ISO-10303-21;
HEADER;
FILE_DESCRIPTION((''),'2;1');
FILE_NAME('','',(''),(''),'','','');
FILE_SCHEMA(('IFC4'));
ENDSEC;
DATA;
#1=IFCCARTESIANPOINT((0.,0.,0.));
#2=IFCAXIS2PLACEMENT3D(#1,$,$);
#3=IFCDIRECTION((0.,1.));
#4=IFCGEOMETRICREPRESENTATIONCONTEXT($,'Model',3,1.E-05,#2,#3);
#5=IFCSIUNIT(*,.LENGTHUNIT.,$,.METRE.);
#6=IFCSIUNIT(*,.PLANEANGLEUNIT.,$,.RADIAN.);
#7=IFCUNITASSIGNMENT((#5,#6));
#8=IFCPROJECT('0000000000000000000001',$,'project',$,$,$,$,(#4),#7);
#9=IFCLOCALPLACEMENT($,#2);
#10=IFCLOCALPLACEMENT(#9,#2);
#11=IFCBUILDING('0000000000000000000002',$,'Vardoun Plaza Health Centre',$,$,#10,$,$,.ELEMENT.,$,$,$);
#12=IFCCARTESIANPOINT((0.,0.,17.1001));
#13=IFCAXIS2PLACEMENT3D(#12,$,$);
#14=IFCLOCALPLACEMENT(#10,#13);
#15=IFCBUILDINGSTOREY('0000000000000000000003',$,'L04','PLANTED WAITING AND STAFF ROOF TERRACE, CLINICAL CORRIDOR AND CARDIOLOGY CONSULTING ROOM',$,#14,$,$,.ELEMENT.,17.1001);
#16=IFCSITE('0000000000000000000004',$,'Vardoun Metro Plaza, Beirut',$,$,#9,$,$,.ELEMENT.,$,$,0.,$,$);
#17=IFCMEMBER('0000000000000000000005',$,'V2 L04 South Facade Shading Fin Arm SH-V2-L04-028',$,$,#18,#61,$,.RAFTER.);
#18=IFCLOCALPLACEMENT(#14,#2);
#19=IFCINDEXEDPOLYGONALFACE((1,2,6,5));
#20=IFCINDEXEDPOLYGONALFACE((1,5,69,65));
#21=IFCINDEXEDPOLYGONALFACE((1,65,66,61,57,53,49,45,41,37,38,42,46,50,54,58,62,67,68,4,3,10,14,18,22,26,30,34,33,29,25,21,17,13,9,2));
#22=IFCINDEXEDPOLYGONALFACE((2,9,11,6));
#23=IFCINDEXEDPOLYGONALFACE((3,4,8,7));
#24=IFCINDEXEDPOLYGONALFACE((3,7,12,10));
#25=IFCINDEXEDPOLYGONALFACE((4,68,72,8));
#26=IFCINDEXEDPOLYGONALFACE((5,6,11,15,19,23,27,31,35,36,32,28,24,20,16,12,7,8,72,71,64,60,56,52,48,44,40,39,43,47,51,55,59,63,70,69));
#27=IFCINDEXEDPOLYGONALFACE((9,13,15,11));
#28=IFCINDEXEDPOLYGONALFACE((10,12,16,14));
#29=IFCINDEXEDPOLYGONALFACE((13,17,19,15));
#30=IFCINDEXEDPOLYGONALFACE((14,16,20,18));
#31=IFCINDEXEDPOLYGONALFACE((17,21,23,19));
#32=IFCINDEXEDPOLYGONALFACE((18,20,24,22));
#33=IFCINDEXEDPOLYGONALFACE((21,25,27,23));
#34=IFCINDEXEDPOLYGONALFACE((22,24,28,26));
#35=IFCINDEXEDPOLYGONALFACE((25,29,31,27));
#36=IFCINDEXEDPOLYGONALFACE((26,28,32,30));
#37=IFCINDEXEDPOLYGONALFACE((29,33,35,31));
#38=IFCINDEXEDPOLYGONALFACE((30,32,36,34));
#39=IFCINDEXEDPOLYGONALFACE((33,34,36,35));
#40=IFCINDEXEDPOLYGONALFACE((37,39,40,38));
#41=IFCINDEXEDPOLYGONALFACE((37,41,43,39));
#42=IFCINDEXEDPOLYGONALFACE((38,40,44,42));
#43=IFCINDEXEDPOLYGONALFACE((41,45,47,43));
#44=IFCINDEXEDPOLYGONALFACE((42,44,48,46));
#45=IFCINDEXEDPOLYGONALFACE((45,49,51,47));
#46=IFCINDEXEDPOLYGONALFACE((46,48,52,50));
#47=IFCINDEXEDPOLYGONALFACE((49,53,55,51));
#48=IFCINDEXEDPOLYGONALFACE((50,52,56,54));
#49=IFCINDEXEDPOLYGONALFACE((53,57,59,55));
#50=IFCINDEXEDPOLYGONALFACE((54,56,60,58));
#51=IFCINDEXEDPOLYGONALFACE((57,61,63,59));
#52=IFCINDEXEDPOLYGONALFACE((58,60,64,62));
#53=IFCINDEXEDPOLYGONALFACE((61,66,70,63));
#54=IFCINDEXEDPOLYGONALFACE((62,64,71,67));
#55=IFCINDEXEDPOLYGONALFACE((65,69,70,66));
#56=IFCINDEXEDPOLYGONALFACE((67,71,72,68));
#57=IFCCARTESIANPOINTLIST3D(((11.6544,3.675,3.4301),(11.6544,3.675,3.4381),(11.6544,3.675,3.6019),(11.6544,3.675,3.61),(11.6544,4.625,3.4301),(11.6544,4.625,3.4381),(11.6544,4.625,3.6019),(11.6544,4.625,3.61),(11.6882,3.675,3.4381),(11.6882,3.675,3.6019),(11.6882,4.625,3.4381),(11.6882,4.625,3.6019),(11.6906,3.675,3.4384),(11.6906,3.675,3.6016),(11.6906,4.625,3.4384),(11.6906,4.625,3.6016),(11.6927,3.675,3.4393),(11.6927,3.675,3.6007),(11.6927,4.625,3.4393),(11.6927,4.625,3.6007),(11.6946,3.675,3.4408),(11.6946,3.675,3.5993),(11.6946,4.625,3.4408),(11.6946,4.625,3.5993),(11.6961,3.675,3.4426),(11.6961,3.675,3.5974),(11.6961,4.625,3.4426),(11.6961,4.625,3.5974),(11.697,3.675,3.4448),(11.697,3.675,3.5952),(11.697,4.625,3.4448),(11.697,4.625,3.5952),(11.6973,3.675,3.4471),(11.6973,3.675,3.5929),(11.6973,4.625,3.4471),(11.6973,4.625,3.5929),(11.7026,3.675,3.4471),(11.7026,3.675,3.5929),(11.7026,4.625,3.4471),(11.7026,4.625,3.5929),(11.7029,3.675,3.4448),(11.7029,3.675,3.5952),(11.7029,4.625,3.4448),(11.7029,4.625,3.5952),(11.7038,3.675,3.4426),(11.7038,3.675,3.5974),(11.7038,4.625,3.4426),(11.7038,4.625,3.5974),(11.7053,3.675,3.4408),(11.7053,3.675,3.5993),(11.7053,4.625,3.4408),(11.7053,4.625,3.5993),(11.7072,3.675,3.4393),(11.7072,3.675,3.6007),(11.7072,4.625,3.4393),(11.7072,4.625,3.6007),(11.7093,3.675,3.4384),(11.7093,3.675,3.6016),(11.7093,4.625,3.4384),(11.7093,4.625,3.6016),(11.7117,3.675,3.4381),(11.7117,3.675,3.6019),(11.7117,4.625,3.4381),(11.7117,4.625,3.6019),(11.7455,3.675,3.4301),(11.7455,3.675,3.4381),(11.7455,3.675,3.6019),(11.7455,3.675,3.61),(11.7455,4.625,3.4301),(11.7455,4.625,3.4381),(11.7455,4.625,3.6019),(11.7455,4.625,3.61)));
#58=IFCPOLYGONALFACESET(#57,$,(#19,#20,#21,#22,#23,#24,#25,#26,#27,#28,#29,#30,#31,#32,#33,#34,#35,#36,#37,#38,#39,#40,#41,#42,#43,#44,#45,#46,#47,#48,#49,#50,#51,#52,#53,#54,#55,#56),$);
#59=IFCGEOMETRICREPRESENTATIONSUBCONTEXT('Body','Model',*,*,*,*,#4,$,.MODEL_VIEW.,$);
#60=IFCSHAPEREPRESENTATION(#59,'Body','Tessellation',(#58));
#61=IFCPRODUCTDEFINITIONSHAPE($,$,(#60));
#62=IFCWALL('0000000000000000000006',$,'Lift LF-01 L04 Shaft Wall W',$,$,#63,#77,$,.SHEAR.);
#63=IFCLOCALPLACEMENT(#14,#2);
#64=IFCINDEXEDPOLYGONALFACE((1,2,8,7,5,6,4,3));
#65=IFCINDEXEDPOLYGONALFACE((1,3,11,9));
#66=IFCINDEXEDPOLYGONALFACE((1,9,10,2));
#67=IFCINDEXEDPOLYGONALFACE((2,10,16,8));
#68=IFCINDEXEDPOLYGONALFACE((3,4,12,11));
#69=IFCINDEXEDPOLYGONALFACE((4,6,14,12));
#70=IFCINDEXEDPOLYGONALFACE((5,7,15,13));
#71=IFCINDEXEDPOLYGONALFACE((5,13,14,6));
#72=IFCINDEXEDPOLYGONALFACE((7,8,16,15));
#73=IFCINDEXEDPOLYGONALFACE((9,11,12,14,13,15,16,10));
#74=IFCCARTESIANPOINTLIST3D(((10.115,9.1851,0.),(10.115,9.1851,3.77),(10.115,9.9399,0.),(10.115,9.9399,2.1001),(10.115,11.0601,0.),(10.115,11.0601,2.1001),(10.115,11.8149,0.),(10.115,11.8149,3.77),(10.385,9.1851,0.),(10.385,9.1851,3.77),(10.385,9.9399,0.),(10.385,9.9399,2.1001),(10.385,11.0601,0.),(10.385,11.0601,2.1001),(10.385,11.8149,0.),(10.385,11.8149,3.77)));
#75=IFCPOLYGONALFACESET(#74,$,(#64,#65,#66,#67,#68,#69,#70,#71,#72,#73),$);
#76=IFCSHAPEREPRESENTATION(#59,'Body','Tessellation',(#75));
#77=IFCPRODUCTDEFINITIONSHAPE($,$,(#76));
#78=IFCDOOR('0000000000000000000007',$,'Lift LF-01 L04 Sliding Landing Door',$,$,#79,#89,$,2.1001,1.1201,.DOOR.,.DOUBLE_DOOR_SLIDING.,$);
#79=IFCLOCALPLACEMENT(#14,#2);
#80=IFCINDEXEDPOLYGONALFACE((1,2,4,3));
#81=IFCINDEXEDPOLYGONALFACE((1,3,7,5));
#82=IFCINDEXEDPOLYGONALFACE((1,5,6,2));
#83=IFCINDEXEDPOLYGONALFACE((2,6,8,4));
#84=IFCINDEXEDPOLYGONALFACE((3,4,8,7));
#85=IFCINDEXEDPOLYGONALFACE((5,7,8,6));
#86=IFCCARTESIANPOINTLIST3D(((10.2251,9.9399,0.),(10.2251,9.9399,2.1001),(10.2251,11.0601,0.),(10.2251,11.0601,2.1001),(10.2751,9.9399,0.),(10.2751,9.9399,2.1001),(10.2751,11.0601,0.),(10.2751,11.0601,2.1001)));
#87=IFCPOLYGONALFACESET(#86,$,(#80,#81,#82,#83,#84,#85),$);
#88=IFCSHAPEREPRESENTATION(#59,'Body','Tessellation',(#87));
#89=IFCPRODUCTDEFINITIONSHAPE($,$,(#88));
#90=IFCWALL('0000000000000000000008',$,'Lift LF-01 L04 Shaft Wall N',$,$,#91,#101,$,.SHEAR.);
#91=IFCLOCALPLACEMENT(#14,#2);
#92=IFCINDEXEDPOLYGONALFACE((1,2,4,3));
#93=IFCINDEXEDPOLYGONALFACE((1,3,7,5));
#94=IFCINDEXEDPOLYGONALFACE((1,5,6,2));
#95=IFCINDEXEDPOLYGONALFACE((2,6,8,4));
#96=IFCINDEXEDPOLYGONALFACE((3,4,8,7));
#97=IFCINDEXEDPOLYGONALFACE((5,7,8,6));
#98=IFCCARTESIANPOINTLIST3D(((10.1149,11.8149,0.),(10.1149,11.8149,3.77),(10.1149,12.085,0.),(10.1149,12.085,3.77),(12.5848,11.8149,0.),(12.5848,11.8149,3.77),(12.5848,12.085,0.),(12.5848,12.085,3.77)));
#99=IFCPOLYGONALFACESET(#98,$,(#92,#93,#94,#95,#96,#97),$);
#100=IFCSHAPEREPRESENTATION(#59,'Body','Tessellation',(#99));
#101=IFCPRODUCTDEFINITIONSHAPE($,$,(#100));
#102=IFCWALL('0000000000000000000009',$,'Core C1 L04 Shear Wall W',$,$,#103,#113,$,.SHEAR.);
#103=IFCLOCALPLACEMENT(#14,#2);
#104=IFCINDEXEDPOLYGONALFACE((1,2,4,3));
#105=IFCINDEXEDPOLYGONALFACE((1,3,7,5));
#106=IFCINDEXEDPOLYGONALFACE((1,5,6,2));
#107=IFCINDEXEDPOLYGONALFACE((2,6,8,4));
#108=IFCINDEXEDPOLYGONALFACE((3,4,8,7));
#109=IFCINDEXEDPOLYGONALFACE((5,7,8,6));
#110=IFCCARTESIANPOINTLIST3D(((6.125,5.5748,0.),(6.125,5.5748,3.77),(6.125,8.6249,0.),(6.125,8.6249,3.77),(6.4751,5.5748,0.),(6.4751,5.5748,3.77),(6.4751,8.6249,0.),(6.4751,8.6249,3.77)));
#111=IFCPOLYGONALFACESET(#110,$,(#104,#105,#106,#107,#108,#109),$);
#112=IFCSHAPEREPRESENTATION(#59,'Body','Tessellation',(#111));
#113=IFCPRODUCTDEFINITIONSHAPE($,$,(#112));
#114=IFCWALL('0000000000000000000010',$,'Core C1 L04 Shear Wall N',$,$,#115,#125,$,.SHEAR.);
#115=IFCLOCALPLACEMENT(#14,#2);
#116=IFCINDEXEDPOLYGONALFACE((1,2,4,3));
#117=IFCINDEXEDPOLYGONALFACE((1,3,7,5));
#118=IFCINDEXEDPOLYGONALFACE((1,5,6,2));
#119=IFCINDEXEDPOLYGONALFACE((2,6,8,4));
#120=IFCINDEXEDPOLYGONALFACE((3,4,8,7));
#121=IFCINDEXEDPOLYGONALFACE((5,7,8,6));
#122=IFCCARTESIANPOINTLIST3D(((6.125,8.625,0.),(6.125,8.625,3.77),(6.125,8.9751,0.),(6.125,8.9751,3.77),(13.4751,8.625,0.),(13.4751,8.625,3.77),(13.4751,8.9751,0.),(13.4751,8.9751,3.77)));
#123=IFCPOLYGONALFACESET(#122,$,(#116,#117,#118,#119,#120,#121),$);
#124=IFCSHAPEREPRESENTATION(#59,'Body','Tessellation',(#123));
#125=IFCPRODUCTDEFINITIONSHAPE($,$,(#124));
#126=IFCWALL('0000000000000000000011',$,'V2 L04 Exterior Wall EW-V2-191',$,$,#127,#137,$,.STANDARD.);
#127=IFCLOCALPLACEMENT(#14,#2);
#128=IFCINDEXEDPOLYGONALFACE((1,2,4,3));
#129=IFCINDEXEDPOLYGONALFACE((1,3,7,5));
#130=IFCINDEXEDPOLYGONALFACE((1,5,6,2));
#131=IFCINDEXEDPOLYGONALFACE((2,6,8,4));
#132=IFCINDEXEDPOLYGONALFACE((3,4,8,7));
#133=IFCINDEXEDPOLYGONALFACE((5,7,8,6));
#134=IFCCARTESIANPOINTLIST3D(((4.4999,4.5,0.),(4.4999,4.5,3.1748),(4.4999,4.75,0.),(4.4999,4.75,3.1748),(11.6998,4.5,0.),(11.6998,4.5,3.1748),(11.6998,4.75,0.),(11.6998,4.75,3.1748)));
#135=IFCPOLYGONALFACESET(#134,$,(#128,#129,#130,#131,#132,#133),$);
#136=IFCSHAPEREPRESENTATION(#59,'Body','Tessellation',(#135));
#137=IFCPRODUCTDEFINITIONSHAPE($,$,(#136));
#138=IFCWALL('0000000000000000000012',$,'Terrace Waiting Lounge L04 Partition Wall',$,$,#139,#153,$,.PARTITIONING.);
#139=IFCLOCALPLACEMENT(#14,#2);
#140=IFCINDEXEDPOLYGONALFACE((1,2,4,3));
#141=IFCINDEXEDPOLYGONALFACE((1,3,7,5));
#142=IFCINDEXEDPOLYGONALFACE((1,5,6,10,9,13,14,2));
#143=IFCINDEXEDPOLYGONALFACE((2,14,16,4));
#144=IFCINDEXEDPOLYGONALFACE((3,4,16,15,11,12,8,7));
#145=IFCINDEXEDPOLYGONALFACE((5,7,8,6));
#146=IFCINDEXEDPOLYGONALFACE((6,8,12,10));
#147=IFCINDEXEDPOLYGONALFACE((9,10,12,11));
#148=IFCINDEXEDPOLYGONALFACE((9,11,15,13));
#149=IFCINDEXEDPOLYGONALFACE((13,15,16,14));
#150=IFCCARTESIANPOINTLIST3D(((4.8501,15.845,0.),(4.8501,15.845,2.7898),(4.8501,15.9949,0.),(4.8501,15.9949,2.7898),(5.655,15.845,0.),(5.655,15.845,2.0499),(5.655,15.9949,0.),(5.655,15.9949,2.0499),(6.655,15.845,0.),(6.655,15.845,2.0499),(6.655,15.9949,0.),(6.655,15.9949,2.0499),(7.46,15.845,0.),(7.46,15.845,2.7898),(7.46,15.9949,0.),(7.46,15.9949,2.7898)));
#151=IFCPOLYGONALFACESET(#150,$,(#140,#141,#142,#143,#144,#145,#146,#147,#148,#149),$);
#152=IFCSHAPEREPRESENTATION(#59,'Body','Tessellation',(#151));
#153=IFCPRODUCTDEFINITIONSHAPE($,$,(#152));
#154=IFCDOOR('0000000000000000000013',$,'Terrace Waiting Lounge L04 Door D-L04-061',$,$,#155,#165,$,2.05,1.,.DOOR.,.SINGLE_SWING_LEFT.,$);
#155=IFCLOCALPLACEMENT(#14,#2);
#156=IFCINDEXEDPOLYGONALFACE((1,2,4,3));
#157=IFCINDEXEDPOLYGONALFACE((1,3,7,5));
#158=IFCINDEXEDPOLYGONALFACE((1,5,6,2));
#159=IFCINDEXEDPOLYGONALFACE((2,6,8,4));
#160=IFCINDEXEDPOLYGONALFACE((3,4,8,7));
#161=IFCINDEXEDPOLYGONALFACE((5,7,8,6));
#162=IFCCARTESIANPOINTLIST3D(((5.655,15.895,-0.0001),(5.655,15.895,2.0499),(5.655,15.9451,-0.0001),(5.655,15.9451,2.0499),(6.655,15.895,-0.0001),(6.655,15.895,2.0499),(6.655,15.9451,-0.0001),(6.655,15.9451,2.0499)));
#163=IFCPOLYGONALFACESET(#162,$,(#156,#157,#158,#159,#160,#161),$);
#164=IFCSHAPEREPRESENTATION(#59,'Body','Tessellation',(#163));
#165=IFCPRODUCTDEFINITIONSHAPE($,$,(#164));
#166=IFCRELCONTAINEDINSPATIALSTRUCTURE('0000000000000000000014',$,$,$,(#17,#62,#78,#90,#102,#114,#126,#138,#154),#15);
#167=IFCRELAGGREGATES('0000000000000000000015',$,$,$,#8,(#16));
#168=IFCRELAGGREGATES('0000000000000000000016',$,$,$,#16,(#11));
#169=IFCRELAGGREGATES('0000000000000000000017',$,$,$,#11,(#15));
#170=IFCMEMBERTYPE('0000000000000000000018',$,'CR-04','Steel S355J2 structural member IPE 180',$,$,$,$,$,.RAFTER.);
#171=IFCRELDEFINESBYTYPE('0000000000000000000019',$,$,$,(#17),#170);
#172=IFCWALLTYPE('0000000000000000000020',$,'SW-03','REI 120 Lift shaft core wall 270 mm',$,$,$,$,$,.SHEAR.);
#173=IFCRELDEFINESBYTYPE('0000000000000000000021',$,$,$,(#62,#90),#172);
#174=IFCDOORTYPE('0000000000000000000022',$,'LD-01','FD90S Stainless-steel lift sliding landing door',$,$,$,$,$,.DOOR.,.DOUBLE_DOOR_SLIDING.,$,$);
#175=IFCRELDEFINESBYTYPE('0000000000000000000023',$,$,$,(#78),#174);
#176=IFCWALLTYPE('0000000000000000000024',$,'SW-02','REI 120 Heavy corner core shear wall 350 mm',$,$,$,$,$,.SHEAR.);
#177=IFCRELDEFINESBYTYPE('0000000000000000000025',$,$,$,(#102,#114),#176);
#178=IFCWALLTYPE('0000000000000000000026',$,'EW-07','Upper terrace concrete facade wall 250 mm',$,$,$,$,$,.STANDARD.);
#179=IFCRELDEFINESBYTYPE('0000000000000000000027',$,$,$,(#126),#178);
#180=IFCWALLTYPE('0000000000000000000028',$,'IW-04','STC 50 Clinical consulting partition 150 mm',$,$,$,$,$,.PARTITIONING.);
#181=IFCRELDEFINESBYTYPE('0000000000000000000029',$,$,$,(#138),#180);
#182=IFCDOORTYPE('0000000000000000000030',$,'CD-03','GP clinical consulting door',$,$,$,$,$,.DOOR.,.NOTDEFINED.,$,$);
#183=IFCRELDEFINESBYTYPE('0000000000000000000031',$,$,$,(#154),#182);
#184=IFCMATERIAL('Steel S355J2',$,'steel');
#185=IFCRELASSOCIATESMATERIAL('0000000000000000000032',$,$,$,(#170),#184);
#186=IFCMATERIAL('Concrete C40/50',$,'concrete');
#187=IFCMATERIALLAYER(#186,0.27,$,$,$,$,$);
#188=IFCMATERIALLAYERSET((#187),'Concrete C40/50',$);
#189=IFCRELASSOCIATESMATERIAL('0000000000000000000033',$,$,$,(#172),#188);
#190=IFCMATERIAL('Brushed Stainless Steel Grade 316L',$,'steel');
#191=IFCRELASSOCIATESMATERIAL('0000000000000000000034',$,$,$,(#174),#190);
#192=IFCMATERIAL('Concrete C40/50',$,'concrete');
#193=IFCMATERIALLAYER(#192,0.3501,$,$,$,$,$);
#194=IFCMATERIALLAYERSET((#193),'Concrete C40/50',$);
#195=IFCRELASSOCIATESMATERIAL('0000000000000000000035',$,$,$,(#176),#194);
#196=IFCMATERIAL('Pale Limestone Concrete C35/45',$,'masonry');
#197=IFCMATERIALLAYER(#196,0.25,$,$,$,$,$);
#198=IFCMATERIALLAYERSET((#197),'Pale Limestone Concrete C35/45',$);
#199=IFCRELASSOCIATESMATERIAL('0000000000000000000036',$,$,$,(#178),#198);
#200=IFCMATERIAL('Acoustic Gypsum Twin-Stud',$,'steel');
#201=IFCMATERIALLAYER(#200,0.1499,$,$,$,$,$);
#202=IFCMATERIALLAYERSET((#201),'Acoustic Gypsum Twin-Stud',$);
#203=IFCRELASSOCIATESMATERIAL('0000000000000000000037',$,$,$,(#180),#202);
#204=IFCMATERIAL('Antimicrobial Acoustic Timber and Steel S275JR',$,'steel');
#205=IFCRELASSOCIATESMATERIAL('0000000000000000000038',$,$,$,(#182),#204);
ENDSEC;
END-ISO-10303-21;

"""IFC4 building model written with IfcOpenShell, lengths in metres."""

from ifc_helpers import new_model, si_unit, direction, frame, frame_2d, origin, origin_2d, place, context, subcontext, project, spatial, rectangle, i_section, extrude, material, layer, layer_set, material_profile, profile_set, type_object, element, fill, save


model = new_model("IFC4")

# Units and contexts
model_context = context("Model", 3, precision=1e-05, world=origin(), true_north=direction((0.0, 1.0)))
body_context = subcontext(model_context, "Body", "Model", "MODEL_VIEW")
ifc_project = project(units=[si_unit("LENGTHUNIT", "METRE"), si_unit("PLANEANGLEUNIT", "RADIAN")], contexts=[model_context])

# Site, building, storey
site_placement = place(None, origin())
site = spatial("IfcSite", under=ifc_project, at=site_placement, Name="Vardoun Metro Plaza, Beirut", CompositionType="ELEMENT", RefElevation=0.0)
building_placement = place(site_placement, origin())
building = spatial("IfcBuilding", under=site, at=building_placement, Name="Vardoun Plaza Health Centre", CompositionType="ELEMENT")
storey_placement = place(building_placement, frame((0.0, 0.0, 17.1001)))
storey = spatial("IfcBuildingStorey", under=building, at=storey_placement, Name="L04", Description="PLANTED WAITING AND STAFF ROOF TERRACE, CLINICAL CORRIDOR AND CARDIOLOGY CONSULTING ROOM", CompositionType="ELEMENT", Elevation=17.1001)

# Member
ifc_material_1 = material(Name="Steel S355J2", Category="steel")
ifc_material_profile_1 = material_profile(ifc_material_1, i_section(OverallWidth=0.0911, OverallDepth=0.1799, WebThickness=0.0054, FlangeThickness=0.0081, FilletRadius=0.009, at=origin_2d()), Name="IPE 180")
ifc_profile_set_1 = profile_set([ifc_material_profile_1], Name="Steel S355J2")
member_type = type_object("IfcMemberType", Name="CR-04", Description="Steel S355J2 structural member IPE 180", PredefinedType="RAFTER", material=ifc_profile_set_1)
member_placement = place(storey_placement, frame((11.7, 4.625, 3.52), z_axis=(0.0, -1.0, 0.0), x_axis=(1.0, 0.0, 0.0)))
element("IfcMember", 1, at=member_placement, inside=storey, type_object=member_type, Name="V2 L04 South Facade Shading Fin Arm SH-V2-L04-028", PredefinedType="RAFTER", context=body_context, shape_type="SweptSolid", body=[
    extrude(i_section(OverallWidth=0.0911, OverallDepth=0.1799, WebThickness=0.0054, FlangeThickness=0.0081, FilletRadius=0.009, at=origin_2d()), origin(), (0.0, 0.0, 1.0), 0.95),
])

# Wall, opening, door
ifc_material_2 = material(Name="Concrete C40/50", Category="concrete")
ifc_layer_1 = layer(ifc_material_2, 0.27)
ifc_layer_set_1 = layer_set([ifc_layer_1], Name="Concrete C40/50")
wall_type_1 = type_object("IfcWallType", Name="SW-03", Description="REI 120 Lift shaft core wall 270 mm", PredefinedType="SHEAR", material=ifc_layer_set_1)
wall_1_placement = place(storey_placement, frame((10.25, 9.1851, 0.0), z_axis=(0.0, 0.0, 1.0), x_axis=(0.0, 1.0, 0.0)))
wall_1 = element("IfcWall", 2, at=wall_1_placement, inside=storey, type_object=wall_type_1, Name="Lift LF-01 L04 Shaft Wall W", PredefinedType="SHEAR", context=body_context, shape_type="SweptSolid", body=[
    extrude(rectangle(XDim=2.6299, YDim=0.27, at=frame_2d((1.3149, 0.0))), origin(), (0.0, 0.0, 1.0), 3.77),
])
opening_1_placement = place(wall_1_placement, frame((0.7549, 0.0, 0.0)))
opening_1 = element("IfcOpeningElement", 3, at=opening_1_placement, cuts=wall_1, PredefinedType="OPENING", context=body_context, shape_type="SweptSolid", body=[
    extrude(rectangle(XDim=1.1201, YDim=2.1001, at=frame_2d((0.5601, 1.05))), frame((0.0, 0.135, 0.0), z_axis=(0.0, -1.0, 0.0), x_axis=(1.0, 0.0, 0.0)), (0.0, 0.0, 1.0), 0.27),
])
ifc_material_3 = material(Name="Brushed Stainless Steel Grade 316L", Category="steel")
door_type_1 = type_object("IfcDoorType", Name="LD-01", Description="FD90S Stainless-steel lift sliding landing door", OperationType="DOUBLE_DOOR_SLIDING", PredefinedType="DOOR", material=ifc_material_3)
door_1_placement = place(opening_1_placement, origin())
door_1 = element("IfcDoor", 4, at=door_1_placement, inside=storey, type_object=door_type_1, Name="Lift LF-01 L04 Sliding Landing Door", OperationType="DOUBLE_DOOR_SLIDING", OverallHeight=2.1001, OverallWidth=1.1201, PredefinedType="DOOR", context=body_context, shape_type="SweptSolid", body=[
    extrude(rectangle(XDim=1.1201, YDim=2.1001, at=frame_2d((0.5601, 1.05))), frame((0.0, 0.0249, 0.0), z_axis=(0.0, -1.0, 0.0), x_axis=(1.0, 0.0, 0.0)), (0.0, 0.0, 1.0), 0.05),
])
fill(opening_1, door_1)

# Walls
wall_2_placement = place(storey_placement, frame((10.115, 11.95, 0.0), z_axis=(0.0, 0.0, 1.0), x_axis=(1.0, 0.0, 0.0)))
element("IfcWall", 5, at=wall_2_placement, inside=storey, type_object=wall_type_1, Name="Lift LF-01 L04 Shaft Wall N", PredefinedType="SHEAR", context=body_context, shape_type="SweptSolid", body=[
    extrude(rectangle(XDim=2.47, YDim=0.27, at=frame_2d((1.2349, 0.0))), origin(), (0.0, 0.0, 1.0), 3.77),
])
ifc_material_4 = material(Name="Concrete C40/50", Category="concrete")
ifc_layer_2 = layer(ifc_material_4, 0.3501)
ifc_layer_set_2 = layer_set([ifc_layer_2], Name="Concrete C40/50")
wall_type_2 = type_object("IfcWallType", Name="SW-02", Description="REI 120 Heavy corner core shear wall 350 mm", PredefinedType="SHEAR", material=ifc_layer_set_2)
wall_3_placement = place(storey_placement, frame((6.3, 5.575, 0.0), z_axis=(0.0, 0.0, 1.0), x_axis=(0.0, 1.0, 0.0)))
element("IfcWall", 6, at=wall_3_placement, inside=storey, type_object=wall_type_2, Name="Core C1 L04 Shear Wall W", PredefinedType="SHEAR", context=body_context, shape_type="SweptSolid", body=[
    extrude(rectangle(XDim=3.05, YDim=0.3501, at=frame_2d((1.5249, 0.0))), origin(), (0.0, 0.0, 1.0), 3.77),
])
wall_4_placement = place(storey_placement, frame((6.125, 8.8, 0.0), z_axis=(0.0, 0.0, 1.0), x_axis=(1.0, 0.0, 0.0)))
element("IfcWall", 7, at=wall_4_placement, inside=storey, type_object=wall_type_2, Name="Core C1 L04 Shear Wall N", PredefinedType="SHEAR", context=body_context, shape_type="SweptSolid", body=[
    extrude(rectangle(XDim=7.3501, YDim=0.3501, at=frame_2d((3.675, 0.0))), origin(), (0.0, 0.0, 1.0), 3.77),
])
ifc_material_5 = material(Name="Pale Limestone Concrete C35/45", Category="masonry")
ifc_layer_3 = layer(ifc_material_5, 0.25)
ifc_layer_set_3 = layer_set([ifc_layer_3], Name="Pale Limestone Concrete C35/45")
wall_type_3 = type_object("IfcWallType", Name="EW-07", Description="Upper terrace concrete facade wall 250 mm", PredefinedType="STANDARD", material=ifc_layer_set_3)
wall_5_placement = place(storey_placement, frame((11.7, 4.625, 0.0), z_axis=(0.0, 0.0, 1.0), x_axis=(-1.0, 0.0, 0.0)))
element("IfcWall", 8, at=wall_5_placement, inside=storey, type_object=wall_type_3, Name="V2 L04 Exterior Wall EW-V2-191", PredefinedType="STANDARD", context=body_context, shape_type="SweptSolid", body=[
    extrude(rectangle(XDim=7.2, YDim=0.25, at=frame_2d((3.6001, 0.0))), origin(), (0.0, 0.0, 1.0), 3.1748),
])

# Wall, opening, door
ifc_material_6 = material(Name="Acoustic Gypsum Twin-Stud", Category="steel")
ifc_layer_4 = layer(ifc_material_6, 0.1499)
ifc_layer_set_4 = layer_set([ifc_layer_4], Name="Acoustic Gypsum Twin-Stud")
wall_type_4 = type_object("IfcWallType", Name="IW-04", Description="STC 50 Clinical consulting partition 150 mm", PredefinedType="PARTITIONING", material=ifc_layer_set_4)
wall_6_placement = place(storey_placement, frame((7.46, 15.9199, 0.0), z_axis=(0.0, 0.0, 1.0), x_axis=(-1.0, 0.0, 0.0)))
wall_6 = element("IfcWall", 9, at=wall_6_placement, inside=storey, type_object=wall_type_4, Name="Terrace Waiting Lounge L04 Partition Wall", PredefinedType="PARTITIONING", context=body_context, shape_type="SweptSolid", body=[
    extrude(rectangle(XDim=2.6099, YDim=0.1499, at=frame_2d((1.3049, 0.0))), origin(), (0.0, 0.0, 1.0), 2.7898),
])
opening_2_placement = place(wall_6_placement, frame((0.8049, 0.0, 0.0)))
opening_2 = element("IfcOpeningElement", 10, at=opening_2_placement, cuts=wall_6, PredefinedType="OPENING", context=body_context, shape_type="SweptSolid", body=[
    extrude(rectangle(XDim=1.0, YDim=2.05, at=frame_2d((0.5, 1.0249))), frame((0.0, 0.075, 0.0), z_axis=(0.0, -1.0, 0.0), x_axis=(1.0, 0.0, 0.0)), (0.0, 0.0, 1.0), 0.1499),
])
ifc_material_7 = material(Name="Antimicrobial Acoustic Timber and Steel S275JR", Category="steel")
door_type_2 = type_object("IfcDoorType", Name="CD-03", Description="GP clinical consulting door", OperationType="NOTDEFINED", PredefinedType="DOOR", material=ifc_material_7)
door_2_placement = place(opening_2_placement, origin())
door_2 = element("IfcDoor", 11, at=door_2_placement, inside=storey, type_object=door_type_2, Name="Terrace Waiting Lounge L04 Door D-L04-061", OperationType="SINGLE_SWING_LEFT", OverallHeight=2.05, OverallWidth=1.0, PredefinedType="DOOR", context=body_context, shape_type="SweptSolid", body=[
    extrude(rectangle(XDim=1.0, YDim=2.05, at=frame_2d((0.5, 1.0249))), frame((0.0, 0.0249, 0.0), z_axis=(0.0, -1.0, 0.0), x_axis=(1.0, 0.0, 0.0)), (0.0, 0.0, 1.0), 0.05),
])
fill(opening_2, door_2)

save(model, "model.ifc")
